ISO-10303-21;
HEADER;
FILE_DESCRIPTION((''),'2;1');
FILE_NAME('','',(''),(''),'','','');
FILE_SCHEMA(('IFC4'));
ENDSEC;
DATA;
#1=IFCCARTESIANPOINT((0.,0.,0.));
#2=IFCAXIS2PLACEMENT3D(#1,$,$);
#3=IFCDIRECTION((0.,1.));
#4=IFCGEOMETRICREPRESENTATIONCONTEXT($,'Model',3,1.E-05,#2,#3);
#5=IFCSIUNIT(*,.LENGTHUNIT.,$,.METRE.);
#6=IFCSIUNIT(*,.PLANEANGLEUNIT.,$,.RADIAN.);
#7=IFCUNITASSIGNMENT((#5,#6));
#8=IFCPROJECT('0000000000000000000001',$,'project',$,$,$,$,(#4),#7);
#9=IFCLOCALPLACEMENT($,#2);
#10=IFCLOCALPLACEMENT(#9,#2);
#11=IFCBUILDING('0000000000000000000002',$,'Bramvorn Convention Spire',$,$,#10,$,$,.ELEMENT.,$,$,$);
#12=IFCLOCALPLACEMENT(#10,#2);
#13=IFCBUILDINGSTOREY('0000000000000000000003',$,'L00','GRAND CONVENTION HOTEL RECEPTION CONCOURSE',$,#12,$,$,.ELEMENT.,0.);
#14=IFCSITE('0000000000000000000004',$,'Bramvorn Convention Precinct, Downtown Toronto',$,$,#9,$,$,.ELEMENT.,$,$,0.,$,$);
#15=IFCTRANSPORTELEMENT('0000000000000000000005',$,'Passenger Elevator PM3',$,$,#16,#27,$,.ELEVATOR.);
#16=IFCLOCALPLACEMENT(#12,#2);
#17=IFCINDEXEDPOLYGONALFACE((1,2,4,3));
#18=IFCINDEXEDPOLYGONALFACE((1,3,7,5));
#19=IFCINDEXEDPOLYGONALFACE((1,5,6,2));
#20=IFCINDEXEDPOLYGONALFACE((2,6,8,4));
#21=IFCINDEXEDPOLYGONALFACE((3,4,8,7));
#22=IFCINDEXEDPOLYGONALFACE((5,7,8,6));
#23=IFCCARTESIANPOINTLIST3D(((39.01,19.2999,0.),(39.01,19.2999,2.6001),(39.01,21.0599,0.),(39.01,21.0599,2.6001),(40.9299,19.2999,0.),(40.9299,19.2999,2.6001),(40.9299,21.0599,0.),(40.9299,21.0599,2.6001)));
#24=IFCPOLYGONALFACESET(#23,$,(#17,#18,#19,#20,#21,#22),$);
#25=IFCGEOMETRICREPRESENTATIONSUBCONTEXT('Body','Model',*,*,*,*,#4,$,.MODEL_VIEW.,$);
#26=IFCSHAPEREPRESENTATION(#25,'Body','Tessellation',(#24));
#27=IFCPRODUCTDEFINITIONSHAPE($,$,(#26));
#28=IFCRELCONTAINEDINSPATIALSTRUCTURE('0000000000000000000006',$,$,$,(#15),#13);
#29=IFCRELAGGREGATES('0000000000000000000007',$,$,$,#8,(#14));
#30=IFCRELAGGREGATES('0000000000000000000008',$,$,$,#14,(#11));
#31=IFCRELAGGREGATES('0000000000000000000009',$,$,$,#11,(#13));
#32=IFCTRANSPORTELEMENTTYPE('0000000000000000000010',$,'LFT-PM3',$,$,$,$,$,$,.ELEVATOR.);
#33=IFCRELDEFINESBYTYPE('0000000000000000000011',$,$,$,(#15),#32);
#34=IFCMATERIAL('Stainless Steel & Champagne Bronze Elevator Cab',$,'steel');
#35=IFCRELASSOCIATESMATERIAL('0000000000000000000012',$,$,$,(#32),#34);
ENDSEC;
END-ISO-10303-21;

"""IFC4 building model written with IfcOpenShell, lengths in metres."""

from ifc_helpers import new_model, si_unit, direction, frame, origin, origin_2d, place, context, subcontext, project, spatial, rectangle, extrude, material, type_object, element, save


model = new_model("IFC4")

# Units and contexts
model_context = context("Model", 3, precision=1e-05, world=origin(), true_north=direction((0.0, 1.0)))
body_context = subcontext(model_context, "Body", "Model", "MODEL_VIEW")
ifc_project = project(units=[si_unit("LENGTHUNIT", "METRE"), si_unit("PLANEANGLEUNIT", "RADIAN")], contexts=[model_context])

# Site, building, storey
site_placement = place(None, origin())
site = spatial("IfcSite", under=ifc_project, at=site_placement, Name="Bramvorn Convention Precinct, Downtown Toronto", CompositionType="ELEMENT", RefElevation=0.0)
building_placement = place(site_placement, origin())
building = spatial("IfcBuilding", under=site, at=building_placement, Name="Bramvorn Convention Spire", CompositionType="ELEMENT")
storey_placement = place(building_placement, origin())
storey = spatial("IfcBuildingStorey", under=building, at=storey_placement, Name="L00", Description="GRAND CONVENTION HOTEL RECEPTION CONCOURSE", CompositionType="ELEMENT", Elevation=0.0)

# Transport element
ifc_material_1 = material(Name="Stainless Steel & Champagne Bronze Elevator Cab", Category="steel")
transport_element_type_1 = type_object("IfcTransportElementType", Name="LFT-PM3", PredefinedType="ELEVATOR", material=ifc_material_1)
transport_element_1_placement = place(storey_placement, frame((39.97, 20.1799, 0.0), z_axis=(0.0, 0.0, 1.0), x_axis=(1.0, 0.0, 0.0)))
element("IfcTransportElement", 1, at=transport_element_1_placement, inside=storey, type_object=transport_element_type_1, Name="Passenger Elevator PM3", PredefinedType="ELEVATOR", context=body_context, shape_type="SweptSolid", body=[
    extrude(rectangle(XDim=1.9199, YDim=1.76, at=origin_2d()), origin(), (0.0, 0.0, 1.0), 2.6001),
])

save(model, "model.ifc")
